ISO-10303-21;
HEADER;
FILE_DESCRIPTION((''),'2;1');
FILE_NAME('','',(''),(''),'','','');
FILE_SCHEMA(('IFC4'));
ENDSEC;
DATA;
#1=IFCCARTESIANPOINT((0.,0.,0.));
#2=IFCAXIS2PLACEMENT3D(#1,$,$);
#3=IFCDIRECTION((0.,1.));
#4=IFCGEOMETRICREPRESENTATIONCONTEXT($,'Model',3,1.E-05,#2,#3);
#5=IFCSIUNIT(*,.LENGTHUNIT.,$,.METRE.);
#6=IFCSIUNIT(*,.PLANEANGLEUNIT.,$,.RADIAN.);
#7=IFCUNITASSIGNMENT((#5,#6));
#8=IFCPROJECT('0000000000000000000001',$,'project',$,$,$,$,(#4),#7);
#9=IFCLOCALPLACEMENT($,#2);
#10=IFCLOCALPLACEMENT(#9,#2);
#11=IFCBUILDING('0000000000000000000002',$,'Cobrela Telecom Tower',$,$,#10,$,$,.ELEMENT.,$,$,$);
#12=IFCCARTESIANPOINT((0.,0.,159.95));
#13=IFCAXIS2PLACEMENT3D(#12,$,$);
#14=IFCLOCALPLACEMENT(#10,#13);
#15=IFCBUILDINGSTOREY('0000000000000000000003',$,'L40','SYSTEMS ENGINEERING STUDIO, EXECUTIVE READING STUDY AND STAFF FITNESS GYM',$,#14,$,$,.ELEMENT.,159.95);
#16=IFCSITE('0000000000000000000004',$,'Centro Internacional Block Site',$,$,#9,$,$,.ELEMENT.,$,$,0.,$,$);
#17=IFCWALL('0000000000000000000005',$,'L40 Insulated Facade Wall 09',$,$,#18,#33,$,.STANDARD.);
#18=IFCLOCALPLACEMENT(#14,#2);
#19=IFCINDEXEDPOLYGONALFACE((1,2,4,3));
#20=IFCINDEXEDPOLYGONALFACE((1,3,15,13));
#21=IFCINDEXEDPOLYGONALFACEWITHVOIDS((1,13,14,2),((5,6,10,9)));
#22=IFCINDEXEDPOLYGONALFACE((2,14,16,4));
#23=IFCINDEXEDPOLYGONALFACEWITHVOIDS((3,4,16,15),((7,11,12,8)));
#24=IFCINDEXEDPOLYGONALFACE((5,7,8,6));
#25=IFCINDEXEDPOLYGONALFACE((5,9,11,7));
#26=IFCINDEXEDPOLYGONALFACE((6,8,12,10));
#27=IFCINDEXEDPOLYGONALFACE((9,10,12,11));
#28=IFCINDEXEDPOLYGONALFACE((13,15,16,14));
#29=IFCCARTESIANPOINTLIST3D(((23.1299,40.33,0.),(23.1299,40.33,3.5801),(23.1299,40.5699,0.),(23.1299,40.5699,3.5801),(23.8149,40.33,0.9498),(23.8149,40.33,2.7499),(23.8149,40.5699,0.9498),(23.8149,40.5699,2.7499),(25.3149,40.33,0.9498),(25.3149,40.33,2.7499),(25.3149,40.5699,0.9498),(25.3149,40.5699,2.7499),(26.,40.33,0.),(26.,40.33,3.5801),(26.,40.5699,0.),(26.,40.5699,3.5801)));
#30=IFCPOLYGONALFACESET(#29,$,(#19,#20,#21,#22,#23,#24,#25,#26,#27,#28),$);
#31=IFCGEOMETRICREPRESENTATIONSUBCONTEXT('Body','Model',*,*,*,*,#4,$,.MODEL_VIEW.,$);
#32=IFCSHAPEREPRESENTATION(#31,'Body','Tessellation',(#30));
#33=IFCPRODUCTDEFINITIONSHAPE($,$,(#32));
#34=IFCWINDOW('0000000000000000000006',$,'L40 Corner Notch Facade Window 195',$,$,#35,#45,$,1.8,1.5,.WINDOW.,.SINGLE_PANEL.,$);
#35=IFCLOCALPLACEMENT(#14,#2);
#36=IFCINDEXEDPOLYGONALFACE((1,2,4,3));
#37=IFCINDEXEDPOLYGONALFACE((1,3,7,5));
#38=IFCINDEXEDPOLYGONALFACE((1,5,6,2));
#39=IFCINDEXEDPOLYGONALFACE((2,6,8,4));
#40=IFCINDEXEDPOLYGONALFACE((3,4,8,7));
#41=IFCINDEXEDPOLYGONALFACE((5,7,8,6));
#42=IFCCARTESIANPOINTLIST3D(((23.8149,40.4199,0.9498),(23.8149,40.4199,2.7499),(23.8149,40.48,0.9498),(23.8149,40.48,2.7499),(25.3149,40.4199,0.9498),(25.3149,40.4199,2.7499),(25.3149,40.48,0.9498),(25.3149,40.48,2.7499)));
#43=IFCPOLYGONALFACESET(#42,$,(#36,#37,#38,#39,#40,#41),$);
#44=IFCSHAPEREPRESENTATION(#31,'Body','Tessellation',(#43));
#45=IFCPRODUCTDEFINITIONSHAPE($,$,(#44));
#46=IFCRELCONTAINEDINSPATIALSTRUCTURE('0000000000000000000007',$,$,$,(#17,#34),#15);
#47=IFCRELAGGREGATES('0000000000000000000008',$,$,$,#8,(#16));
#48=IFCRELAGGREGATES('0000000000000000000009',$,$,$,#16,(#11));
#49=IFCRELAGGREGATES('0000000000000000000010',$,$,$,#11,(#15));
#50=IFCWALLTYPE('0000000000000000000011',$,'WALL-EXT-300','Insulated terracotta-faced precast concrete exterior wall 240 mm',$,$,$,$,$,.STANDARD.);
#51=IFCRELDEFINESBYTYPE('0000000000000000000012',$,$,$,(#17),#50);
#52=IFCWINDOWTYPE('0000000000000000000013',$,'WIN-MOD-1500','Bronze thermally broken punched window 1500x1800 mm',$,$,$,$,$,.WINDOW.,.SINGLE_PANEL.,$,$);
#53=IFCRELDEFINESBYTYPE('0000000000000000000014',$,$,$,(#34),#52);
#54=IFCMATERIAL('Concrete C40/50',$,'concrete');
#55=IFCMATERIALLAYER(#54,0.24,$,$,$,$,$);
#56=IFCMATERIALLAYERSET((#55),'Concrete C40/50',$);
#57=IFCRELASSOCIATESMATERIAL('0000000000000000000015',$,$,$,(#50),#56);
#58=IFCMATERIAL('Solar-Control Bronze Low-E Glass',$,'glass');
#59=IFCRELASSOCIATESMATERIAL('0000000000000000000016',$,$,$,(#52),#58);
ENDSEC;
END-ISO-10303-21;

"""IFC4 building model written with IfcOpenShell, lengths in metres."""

from ifc_helpers import new_model, si_unit, direction, frame, frame_2d, origin, place, context, subcontext, project, spatial, rectangle, extrude, material, layer, layer_set, type_object, element, fill, save


model = new_model("IFC4")

# Units and contexts
model_context = context("Model", 3, precision=1e-05, world=origin(), true_north=direction((0.0, 1.0)))
body_context = subcontext(model_context, "Body", "Model", "MODEL_VIEW")
ifc_project = project(units=[si_unit("LENGTHUNIT", "METRE"), si_unit("PLANEANGLEUNIT", "RADIAN")], contexts=[model_context])

# Site, building, storey
site_placement = place(None, origin())
site = spatial("IfcSite", under=ifc_project, at=site_placement, Name="Centro Internacional Block Site", CompositionType="ELEMENT", RefElevation=0.0)
building_placement = place(site_placement, origin())
building = spatial("IfcBuilding", under=site, at=building_placement, Name="Cobrela Telecom Tower", CompositionType="ELEMENT")
storey_placement = place(building_placement, frame((0.0, 0.0, 159.95)))
storey = spatial("IfcBuildingStorey", under=building, at=storey_placement, Name="L40", Description="SYSTEMS ENGINEERING STUDIO, EXECUTIVE READING STUDY AND STAFF FITNESS GYM", CompositionType="ELEMENT", Elevation=159.95)

# Shared definitions
ifc_material_1 = material(Name="Solar-Control Bronze Low-E Glass", Category="glass")

# Wall, opening, window
ifc_material_2 = material(Name="Concrete C40/50", Category="concrete")
ifc_layer_1 = layer(ifc_material_2, 0.24)
ifc_layer_set_1 = layer_set([ifc_layer_1], Name="Concrete C40/50")
wall_type = type_object("IfcWallType", Name="WALL-EXT-300", Description="Insulated terracotta-faced precast concrete exterior wall 240 mm", PredefinedType="STANDARD", material=ifc_layer_set_1)
wall_1_placement = place(storey_placement, frame((23.1299, 40.45, 0.0), z_axis=(0.0, 0.0, 1.0), x_axis=(1.0, 0.0, 0.0)))
wall_1 = element("IfcWall", 1, at=wall_1_placement, inside=storey, type_object=wall_type, Name="L40 Insulated Facade Wall 09", PredefinedType="STANDARD", context=body_context, shape_type="SweptSolid", body=[
    extrude(rectangle(XDim=2.8701, YDim=0.24, at=frame_2d((1.4351, 0.0))), origin(), (0.0, 0.0, 1.0), 3.5801),
])
opening_1_placement = place(wall_1_placement, frame((0.6851, 0.0, 0.95)))
opening_1 = element("IfcOpeningElement", 2, at=opening_1_placement, cuts=wall_1, PredefinedType="OPENING", context=body_context, shape_type="SweptSolid", body=[
    extrude(rectangle(XDim=1.5, YDim=1.8, at=frame_2d((0.75, 0.8999))), frame((0.0, 0.1318, 0.0), z_axis=(0.0, -1.0, 0.0), x_axis=(1.0, 0.0, 0.0)), (0.0, 0.0, 1.0), 0.2639),
])
window_type_1 = type_object("IfcWindowType", Name="WIN-MOD-1500", Description="Bronze thermally broken punched window 1500x1800 mm", PartitioningType="SINGLE_PANEL", PredefinedType="WINDOW", material=ifc_material_1)
window_1_placement = place(opening_1_placement, origin())
window_1 = element("IfcWindow", 3, at=window_1_placement, inside=storey, type_object=window_type_1, Name="L40 Corner Notch Facade Window 195", OverallHeight=1.8, OverallWidth=1.5, PartitioningType="SINGLE_PANEL", PredefinedType="WINDOW", context=body_context, shape_type="SweptSolid", body=[
    extrude(rectangle(XDim=1.5, YDim=1.8, at=frame_2d((0.75, 0.8999))), frame((0.0, 0.03, 0.0), z_axis=(0.0, -1.0, 0.0), x_axis=(1.0, 0.0, 0.0)), (0.0, 0.0, 1.0), 0.0601),
])
fill(opening_1, window_1)

save(model, "model.ifc")
